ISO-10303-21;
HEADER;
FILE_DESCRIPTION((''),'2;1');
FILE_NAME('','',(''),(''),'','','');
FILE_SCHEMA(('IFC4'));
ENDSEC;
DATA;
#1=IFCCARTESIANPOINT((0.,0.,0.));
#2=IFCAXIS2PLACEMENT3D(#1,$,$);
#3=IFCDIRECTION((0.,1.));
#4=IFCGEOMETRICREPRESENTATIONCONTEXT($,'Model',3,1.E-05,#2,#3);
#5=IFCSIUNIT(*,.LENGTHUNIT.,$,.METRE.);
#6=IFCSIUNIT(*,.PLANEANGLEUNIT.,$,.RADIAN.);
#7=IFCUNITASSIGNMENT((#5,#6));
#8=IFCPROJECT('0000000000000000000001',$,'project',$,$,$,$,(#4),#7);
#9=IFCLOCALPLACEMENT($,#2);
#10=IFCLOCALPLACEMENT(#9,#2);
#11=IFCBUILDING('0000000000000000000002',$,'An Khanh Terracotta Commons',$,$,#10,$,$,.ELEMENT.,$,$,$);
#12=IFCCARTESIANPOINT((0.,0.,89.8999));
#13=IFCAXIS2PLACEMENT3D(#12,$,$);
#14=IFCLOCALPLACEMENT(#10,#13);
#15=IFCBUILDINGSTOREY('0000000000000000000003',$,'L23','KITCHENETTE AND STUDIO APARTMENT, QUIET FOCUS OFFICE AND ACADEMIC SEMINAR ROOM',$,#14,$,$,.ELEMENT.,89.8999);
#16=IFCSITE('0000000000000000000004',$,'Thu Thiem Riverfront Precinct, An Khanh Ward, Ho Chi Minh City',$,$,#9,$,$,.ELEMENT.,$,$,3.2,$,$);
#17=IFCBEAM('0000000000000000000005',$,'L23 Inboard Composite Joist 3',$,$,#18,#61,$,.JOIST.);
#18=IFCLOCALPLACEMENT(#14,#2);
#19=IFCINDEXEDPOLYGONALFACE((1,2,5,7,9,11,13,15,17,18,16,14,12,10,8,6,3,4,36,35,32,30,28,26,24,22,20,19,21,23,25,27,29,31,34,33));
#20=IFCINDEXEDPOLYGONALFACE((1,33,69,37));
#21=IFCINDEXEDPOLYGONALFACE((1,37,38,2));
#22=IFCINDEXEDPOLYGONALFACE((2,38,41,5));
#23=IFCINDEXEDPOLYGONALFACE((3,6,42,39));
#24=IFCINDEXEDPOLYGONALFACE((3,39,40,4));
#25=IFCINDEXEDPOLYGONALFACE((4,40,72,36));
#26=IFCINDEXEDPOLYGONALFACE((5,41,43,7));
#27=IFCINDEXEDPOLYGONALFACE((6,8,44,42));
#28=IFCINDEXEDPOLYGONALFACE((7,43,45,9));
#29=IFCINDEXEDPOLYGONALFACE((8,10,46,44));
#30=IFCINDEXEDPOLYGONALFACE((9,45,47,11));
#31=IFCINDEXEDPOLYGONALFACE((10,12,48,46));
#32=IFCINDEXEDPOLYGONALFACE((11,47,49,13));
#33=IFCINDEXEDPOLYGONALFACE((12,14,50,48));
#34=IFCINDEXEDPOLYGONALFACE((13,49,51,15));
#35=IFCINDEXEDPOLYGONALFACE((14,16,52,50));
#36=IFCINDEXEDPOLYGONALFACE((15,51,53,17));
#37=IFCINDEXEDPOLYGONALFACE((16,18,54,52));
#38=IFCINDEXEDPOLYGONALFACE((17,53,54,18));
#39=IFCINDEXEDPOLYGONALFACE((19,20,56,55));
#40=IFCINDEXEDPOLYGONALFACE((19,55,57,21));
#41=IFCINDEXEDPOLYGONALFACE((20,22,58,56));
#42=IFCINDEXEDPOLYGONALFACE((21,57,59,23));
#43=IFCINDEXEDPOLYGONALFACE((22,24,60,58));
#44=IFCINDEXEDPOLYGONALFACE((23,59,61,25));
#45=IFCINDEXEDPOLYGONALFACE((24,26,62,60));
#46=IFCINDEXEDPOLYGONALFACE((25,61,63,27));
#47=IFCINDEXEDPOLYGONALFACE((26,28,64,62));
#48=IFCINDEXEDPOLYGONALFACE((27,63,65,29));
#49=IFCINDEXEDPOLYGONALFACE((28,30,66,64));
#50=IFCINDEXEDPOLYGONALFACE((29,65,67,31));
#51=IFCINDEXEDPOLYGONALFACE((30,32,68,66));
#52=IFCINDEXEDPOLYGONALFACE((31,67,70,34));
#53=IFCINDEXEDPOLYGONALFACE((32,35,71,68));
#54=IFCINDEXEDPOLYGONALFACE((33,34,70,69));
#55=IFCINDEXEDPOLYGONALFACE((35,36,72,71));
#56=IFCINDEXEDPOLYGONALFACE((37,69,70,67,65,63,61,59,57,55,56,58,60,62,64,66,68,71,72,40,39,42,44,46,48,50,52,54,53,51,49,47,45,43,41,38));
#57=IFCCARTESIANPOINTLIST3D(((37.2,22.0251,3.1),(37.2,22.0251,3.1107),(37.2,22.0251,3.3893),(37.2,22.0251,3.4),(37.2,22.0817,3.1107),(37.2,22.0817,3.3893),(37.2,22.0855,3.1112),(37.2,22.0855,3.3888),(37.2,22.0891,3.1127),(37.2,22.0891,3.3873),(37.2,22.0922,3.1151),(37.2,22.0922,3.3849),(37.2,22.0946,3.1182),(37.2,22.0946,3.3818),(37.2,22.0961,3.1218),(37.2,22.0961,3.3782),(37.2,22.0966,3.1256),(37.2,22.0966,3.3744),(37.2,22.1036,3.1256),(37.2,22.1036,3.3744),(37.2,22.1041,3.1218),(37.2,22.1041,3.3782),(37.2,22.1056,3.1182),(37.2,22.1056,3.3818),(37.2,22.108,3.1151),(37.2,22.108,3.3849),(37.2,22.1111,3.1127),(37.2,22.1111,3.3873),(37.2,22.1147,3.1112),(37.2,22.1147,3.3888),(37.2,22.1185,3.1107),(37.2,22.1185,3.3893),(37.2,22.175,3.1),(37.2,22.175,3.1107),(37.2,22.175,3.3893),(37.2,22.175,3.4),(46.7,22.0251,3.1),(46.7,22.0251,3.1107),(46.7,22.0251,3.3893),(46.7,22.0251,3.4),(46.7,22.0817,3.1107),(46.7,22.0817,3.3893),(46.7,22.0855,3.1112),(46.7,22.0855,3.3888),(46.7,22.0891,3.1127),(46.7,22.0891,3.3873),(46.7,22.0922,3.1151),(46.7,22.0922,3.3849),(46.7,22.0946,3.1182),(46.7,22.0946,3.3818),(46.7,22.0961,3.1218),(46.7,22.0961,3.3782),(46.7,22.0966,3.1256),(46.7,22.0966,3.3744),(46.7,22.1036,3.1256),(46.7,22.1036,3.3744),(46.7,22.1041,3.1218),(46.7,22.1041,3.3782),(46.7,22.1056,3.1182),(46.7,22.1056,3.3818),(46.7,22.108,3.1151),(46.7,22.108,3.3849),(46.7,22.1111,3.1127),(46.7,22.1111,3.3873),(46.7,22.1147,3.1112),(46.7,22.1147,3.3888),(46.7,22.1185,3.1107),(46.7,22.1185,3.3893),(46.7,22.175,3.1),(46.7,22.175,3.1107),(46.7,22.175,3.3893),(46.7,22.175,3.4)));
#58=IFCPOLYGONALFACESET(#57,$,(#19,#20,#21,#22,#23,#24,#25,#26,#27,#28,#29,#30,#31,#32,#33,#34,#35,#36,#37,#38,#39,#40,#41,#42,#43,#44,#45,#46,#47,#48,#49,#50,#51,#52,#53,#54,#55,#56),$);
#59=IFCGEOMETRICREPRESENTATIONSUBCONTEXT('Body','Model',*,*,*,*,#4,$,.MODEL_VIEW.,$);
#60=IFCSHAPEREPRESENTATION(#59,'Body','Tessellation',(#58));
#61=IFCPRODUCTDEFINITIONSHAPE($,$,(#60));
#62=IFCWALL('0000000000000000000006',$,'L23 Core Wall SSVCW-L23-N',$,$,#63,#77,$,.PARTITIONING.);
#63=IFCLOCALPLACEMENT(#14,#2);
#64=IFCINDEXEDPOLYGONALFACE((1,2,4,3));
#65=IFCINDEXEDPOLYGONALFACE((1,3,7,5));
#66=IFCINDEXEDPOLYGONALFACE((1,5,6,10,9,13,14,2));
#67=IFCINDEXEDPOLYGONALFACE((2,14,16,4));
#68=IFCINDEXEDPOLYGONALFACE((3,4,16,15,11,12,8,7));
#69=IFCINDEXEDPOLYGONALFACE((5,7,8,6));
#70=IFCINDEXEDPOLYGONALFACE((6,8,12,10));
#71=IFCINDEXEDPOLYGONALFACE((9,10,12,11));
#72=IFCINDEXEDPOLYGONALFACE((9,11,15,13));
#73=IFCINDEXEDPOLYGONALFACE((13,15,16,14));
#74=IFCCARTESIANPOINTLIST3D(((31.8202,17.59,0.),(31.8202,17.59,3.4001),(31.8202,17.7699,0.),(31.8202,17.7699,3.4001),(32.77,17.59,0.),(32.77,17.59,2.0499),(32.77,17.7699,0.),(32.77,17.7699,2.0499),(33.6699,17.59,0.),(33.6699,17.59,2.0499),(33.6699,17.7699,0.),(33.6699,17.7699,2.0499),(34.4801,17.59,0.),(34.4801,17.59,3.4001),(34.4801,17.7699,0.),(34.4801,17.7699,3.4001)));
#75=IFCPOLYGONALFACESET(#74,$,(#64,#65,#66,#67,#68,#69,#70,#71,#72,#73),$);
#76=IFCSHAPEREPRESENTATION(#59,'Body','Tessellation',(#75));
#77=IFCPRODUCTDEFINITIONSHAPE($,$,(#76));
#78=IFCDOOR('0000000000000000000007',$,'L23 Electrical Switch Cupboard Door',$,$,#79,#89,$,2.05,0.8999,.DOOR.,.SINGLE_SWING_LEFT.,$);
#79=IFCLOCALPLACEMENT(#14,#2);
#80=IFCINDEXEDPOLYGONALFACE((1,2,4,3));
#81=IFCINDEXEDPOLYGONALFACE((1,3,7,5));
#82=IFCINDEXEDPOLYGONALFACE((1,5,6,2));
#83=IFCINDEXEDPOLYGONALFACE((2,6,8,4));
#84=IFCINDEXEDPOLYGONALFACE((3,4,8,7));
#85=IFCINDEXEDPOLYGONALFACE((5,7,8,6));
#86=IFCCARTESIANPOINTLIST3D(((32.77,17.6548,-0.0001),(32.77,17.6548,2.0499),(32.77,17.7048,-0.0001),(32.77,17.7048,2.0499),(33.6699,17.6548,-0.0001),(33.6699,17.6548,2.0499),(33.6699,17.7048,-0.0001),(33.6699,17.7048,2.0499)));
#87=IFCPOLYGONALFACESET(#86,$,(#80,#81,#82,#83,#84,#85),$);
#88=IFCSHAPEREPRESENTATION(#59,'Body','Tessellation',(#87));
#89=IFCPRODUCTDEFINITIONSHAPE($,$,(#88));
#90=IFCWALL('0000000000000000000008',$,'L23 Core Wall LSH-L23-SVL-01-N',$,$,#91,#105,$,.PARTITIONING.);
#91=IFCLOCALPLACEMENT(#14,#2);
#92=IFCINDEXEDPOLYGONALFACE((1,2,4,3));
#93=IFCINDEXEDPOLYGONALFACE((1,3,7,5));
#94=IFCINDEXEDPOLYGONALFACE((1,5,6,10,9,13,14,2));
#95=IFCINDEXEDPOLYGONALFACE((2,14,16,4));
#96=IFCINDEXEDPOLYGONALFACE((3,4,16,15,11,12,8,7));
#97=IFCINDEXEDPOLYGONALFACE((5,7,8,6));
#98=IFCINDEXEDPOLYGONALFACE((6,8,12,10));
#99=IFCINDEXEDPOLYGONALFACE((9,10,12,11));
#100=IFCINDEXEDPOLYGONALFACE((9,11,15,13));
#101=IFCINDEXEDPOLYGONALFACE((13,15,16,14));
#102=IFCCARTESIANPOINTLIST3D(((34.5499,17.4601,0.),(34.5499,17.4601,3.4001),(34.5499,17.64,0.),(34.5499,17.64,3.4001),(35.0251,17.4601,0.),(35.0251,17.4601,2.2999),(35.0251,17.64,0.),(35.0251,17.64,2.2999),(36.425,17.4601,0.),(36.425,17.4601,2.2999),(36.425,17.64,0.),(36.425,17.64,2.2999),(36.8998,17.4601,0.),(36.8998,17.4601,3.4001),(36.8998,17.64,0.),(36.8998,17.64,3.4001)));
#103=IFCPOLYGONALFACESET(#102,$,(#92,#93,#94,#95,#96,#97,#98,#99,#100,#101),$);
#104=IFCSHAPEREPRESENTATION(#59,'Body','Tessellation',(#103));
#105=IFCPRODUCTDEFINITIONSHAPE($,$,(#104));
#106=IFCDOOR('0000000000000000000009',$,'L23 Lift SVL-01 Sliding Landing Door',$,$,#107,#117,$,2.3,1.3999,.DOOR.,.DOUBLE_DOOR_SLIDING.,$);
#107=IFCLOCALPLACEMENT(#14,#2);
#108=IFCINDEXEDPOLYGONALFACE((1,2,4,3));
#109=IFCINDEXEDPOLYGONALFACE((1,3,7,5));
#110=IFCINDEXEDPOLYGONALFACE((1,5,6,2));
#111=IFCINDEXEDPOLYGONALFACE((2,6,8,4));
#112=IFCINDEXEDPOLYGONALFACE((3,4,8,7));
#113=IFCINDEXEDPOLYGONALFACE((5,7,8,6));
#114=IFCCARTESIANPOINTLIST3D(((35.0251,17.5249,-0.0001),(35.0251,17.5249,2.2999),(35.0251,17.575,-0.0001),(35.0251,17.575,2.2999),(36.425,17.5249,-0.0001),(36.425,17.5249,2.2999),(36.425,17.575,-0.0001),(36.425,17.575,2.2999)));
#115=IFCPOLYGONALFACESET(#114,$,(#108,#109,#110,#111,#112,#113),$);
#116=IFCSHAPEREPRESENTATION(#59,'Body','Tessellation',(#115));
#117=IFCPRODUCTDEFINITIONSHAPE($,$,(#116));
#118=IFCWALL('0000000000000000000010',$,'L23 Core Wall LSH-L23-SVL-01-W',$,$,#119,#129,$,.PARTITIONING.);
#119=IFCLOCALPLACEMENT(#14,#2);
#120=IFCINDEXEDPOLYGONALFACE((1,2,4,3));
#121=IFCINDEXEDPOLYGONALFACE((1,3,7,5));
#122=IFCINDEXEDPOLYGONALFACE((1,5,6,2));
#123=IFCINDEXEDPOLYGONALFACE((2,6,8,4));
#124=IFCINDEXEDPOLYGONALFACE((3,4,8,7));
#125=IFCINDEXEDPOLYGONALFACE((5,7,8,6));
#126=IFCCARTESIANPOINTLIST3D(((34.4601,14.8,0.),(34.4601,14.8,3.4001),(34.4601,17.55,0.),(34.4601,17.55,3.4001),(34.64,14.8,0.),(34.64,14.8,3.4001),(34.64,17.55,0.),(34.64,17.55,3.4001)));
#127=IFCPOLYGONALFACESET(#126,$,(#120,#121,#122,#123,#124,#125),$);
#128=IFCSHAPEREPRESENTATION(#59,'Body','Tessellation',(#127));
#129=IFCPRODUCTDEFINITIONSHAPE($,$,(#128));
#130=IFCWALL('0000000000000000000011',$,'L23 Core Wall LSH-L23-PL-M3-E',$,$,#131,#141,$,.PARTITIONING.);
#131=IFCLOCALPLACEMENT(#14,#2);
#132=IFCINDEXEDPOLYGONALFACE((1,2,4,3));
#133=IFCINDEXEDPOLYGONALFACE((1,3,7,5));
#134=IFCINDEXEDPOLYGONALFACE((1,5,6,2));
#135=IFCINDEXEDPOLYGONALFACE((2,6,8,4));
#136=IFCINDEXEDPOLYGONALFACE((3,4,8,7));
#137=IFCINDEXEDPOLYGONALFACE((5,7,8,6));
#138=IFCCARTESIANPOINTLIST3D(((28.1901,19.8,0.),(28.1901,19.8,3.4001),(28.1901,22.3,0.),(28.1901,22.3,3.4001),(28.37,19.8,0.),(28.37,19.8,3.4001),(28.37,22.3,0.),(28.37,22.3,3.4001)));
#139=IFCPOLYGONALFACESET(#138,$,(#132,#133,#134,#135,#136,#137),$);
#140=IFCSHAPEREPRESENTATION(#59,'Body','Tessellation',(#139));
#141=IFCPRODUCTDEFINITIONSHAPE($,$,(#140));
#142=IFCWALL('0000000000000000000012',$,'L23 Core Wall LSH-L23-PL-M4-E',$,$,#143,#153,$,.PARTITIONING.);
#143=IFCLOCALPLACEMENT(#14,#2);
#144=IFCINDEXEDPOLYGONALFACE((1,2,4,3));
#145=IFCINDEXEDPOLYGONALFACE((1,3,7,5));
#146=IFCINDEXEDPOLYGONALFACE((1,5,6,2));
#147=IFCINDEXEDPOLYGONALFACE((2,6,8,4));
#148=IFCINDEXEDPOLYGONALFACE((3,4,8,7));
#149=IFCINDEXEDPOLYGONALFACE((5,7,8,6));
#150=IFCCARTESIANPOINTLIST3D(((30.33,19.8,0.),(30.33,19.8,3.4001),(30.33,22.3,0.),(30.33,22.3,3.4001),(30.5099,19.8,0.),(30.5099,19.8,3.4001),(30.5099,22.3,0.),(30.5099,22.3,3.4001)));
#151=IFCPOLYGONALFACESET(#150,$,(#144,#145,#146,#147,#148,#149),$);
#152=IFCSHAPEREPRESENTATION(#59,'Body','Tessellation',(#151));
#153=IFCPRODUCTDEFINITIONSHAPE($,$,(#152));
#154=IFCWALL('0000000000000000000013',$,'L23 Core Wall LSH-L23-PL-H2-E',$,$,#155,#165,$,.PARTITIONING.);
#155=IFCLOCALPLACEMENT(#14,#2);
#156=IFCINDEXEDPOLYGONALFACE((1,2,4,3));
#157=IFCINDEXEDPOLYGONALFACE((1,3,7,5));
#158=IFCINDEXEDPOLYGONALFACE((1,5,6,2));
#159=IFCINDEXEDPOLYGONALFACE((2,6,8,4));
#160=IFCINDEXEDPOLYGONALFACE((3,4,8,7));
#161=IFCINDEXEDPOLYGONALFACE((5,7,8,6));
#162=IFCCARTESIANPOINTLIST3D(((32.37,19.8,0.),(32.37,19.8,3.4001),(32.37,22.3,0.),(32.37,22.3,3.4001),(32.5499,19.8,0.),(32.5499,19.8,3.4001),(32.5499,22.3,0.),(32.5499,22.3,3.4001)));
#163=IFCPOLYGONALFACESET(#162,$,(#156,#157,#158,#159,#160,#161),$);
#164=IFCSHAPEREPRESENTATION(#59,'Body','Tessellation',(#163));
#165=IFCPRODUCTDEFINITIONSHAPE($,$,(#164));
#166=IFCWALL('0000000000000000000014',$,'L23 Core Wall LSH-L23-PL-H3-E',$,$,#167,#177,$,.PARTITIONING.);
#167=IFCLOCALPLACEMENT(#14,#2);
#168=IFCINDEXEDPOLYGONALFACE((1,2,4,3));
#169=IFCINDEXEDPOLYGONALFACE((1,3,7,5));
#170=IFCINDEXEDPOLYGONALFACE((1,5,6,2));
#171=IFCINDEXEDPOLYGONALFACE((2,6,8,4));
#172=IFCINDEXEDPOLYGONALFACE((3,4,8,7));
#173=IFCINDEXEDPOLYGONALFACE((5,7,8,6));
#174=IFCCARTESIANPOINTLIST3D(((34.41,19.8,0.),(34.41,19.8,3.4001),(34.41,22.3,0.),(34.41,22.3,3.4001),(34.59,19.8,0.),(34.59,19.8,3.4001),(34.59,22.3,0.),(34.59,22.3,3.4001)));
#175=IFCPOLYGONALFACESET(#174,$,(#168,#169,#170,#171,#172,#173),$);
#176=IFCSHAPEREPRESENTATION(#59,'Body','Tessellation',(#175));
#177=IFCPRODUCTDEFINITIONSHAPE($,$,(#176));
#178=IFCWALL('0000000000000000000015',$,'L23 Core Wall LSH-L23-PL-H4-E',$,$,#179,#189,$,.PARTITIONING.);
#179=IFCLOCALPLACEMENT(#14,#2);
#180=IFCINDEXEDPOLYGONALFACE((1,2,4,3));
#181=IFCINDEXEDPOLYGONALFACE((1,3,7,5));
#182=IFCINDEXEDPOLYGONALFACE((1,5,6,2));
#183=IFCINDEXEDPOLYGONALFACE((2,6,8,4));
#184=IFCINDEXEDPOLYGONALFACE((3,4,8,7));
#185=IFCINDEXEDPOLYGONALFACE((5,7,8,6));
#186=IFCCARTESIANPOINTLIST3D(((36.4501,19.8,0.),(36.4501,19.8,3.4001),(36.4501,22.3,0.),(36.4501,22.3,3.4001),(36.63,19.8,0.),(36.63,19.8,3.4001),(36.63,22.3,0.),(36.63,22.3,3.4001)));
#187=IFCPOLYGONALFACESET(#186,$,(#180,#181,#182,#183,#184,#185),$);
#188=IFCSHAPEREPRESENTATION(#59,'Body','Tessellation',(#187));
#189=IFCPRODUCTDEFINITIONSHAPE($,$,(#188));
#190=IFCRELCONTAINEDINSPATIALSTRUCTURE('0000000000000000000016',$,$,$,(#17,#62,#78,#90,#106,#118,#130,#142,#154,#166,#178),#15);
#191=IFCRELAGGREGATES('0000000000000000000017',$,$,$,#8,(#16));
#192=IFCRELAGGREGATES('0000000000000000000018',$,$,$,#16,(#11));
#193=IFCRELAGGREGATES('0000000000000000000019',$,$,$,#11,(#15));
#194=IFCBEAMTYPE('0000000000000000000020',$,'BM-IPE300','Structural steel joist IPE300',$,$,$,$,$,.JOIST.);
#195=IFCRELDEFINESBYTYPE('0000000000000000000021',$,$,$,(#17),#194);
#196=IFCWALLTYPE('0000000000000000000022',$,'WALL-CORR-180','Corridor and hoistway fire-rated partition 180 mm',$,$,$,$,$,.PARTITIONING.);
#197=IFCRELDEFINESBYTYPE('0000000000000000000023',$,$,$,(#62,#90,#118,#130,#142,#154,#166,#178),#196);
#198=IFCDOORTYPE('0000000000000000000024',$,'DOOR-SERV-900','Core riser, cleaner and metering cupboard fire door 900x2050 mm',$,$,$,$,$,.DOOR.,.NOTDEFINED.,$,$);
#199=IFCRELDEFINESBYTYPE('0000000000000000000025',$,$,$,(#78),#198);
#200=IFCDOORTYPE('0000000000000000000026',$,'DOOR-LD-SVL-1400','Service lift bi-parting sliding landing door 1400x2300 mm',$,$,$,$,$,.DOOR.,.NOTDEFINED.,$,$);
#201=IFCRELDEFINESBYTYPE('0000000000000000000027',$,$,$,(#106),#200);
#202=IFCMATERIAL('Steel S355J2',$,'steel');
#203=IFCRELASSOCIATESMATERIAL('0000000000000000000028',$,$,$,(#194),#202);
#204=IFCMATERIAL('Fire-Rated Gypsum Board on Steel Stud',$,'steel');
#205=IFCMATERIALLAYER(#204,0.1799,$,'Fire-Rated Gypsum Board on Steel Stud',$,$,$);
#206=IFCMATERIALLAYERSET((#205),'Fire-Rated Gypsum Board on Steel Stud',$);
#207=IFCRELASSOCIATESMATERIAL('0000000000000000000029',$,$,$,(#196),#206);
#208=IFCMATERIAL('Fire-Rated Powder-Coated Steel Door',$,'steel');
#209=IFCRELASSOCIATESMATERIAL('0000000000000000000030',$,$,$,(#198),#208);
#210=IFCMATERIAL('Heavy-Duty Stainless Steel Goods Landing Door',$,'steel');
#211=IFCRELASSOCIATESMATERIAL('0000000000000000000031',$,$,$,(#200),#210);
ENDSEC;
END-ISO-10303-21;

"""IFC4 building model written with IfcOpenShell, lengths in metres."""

from ifc_helpers import new_model, si_unit, direction, frame, frame_2d, origin, origin_2d, place, context, subcontext, project, spatial, rectangle, i_section, extrude, material, layer, layer_set, material_profile, profile_set, type_object, element, fill, save


model = new_model("IFC4")

# Units and contexts
model_context = context("Model", 3, precision=1e-05, world=origin(), true_north=direction((0.0, 1.0)))
body_context = subcontext(model_context, "Body", "Model", "MODEL_VIEW")
ifc_project = project(units=[si_unit("LENGTHUNIT", "METRE"), si_unit("PLANEANGLEUNIT", "RADIAN")], contexts=[model_context])

# Site, building, storey
site_placement = place(None, origin())
site = spatial("IfcSite", under=ifc_project, at=site_placement, Name="Thu Thiem Riverfront Precinct, An Khanh Ward, Ho Chi Minh City", CompositionType="ELEMENT", RefElevation=3.2)
building_placement = place(site_placement, origin())
building = spatial("IfcBuilding", under=site, at=building_placement, Name="An Khanh Terracotta Commons", CompositionType="ELEMENT")
storey_placement = place(building_placement, frame((0.0, 0.0, 89.8999)))
storey = spatial("IfcBuildingStorey", under=building, at=storey_placement, Name="L23", Description="KITCHENETTE AND STUDIO APARTMENT, QUIET FOCUS OFFICE AND ACADEMIC SEMINAR ROOM", CompositionType="ELEMENT", Elevation=89.8999)

# Beam
ifc_material_1 = material(Name="Steel S355J2", Category="steel")
ifc_material_profile_1 = material_profile(ifc_material_1, i_section(OverallWidth=0.1499, OverallDepth=0.3, WebThickness=0.0071, FlangeThickness=0.0107, FilletRadius=0.0149, at=origin_2d()), Name="IPE300")
ifc_profile_set_1 = profile_set([ifc_material_profile_1], Name="Steel S355J2")
beam_type_1 = type_object("IfcBeamType", Name="BM-IPE300", Description="Structural steel joist IPE300", PredefinedType="JOIST", material=ifc_profile_set_1)
for number, where, z_axis, x_axis, name in (
    (1, (37.2, 22.1001, 3.25), (1.0, 0.0, 0.0), (0.0, 1.0, 0.0), "L23 Inboard Composite Joist 3"),
):
    element("IfcBeam", number, at=place(storey_placement, frame(where, z_axis=z_axis, x_axis=x_axis)), inside=storey, type_object=beam_type_1, Name=name, PredefinedType="JOIST", context=body_context, shape_type="SweptSolid", body=[
        extrude(i_section(OverallWidth=0.1499, OverallDepth=0.3, WebThickness=0.0071, FlangeThickness=0.0107, FilletRadius=0.0149, at=origin_2d()), origin(), (0.0, 0.0, 1.0), 9.5),
    ])

# Walls, openings, doors
ifc_material_2 = material(Name="Fire-Rated Gypsum Board on Steel Stud", Category="steel")
ifc_layer = layer(ifc_material_2, 0.1799, Name="Fire-Rated Gypsum Board on Steel Stud")
ifc_layer_set = layer_set([ifc_layer], Name="Fire-Rated Gypsum Board on Steel Stud")
wall_type = type_object("IfcWallType", Name="WALL-CORR-180", Description="Corridor and hoistway fire-rated partition 180 mm", PredefinedType="PARTITIONING", material=ifc_layer_set)
wall_1_placement = place(storey_placement, frame((31.8201, 17.6799, 0.0), z_axis=(0.0, 0.0, 1.0), x_axis=(1.0, 0.0, 0.0)))
wall_1 = element("IfcWall", 2, at=wall_1_placement, inside=storey, type_object=wall_type, Name="L23 Core Wall SSVCW-L23-N", PredefinedType="PARTITIONING", context=body_context, shape_type="SweptSolid", body=[
    extrude(rectangle(XDim=2.6599, YDim=0.1799, at=frame_2d((1.3301, 0.0))), origin(), (0.0, 0.0, 1.0), 3.4001),
])
opening_1_placement = place(wall_1_placement, frame((0.95, 0.0, 0.0)))
opening_1 = element("IfcOpeningElement", 3, at=opening_1_placement, cuts=wall_1, PredefinedType="OPENING", context=body_context, shape_type="SweptSolid", body=[
    extrude(rectangle(XDim=0.8999, YDim=2.05, at=frame_2d((0.45, 1.0249))), frame((0.0, 0.0999, 0.0), z_axis=(0.0, -1.0, 0.0), x_axis=(1.0, 0.0, 0.0)), (0.0, 0.0, 1.0), 0.2),
])
ifc_material_3 = material(Name="Fire-Rated Powder-Coated Steel Door", Category="steel")
door_type_1 = type_object("IfcDoorType", Name="DOOR-SERV-900", Description="Core riser, cleaner and metering cupboard fire door 900x2050 mm", OperationType="NOTDEFINED", PredefinedType="DOOR", material=ifc_material_3)
door_1_placement = place(opening_1_placement, origin())
door_1 = element("IfcDoor", 4, at=door_1_placement, inside=storey, type_object=door_type_1, Name="L23 Electrical Switch Cupboard Door", OperationType="SINGLE_SWING_LEFT", OverallHeight=2.05, OverallWidth=0.8999, PredefinedType="DOOR", context=body_context, shape_type="SweptSolid", body=[
    extrude(rectangle(XDim=0.8999, YDim=2.05, at=frame_2d((0.45, 1.0249))), frame((0.0, 0.0249, 0.0), z_axis=(0.0, -1.0, 0.0), x_axis=(1.0, 0.0, 0.0)), (0.0, 0.0, 1.0), 0.05),
])
fill(opening_1, door_1)
wall_2_placement = place(storey_placement, frame((34.55, 17.55, 0.0), z_axis=(0.0, 0.0, 1.0), x_axis=(1.0, 0.0, 0.0)))
wall_2 = element("IfcWall", 5, at=wall_2_placement, inside=storey, type_object=wall_type, Name="L23 Core Wall LSH-L23-SVL-01-N", PredefinedType="PARTITIONING", context=body_context, shape_type="SweptSolid", body=[
    extrude(rectangle(XDim=2.3499, YDim=0.1799, at=frame_2d((1.1748, 0.0))), origin(), (0.0, 0.0, 1.0), 3.4001),
])
opening_2_placement = place(wall_2_placement, frame((0.4751, 0.0, 0.0)))
opening_2 = element("IfcOpeningElement", 6, at=opening_2_placement, cuts=wall_2, PredefinedType="OPENING", context=body_context, shape_type="SweptSolid", body=[
    extrude(rectangle(XDim=1.3999, YDim=2.3, at=frame_2d((0.7, 1.1499))), frame((0.0, 0.0999, 0.0), z_axis=(0.0, -1.0, 0.0), x_axis=(1.0, 0.0, 0.0)), (0.0, 0.0, 1.0), 0.2),
])
ifc_material_4 = material(Name="Heavy-Duty Stainless Steel Goods Landing Door", Category="steel")
door_type_2 = type_object("IfcDoorType", Name="DOOR-LD-SVL-1400", Description="Service lift bi-parting sliding landing door 1400x2300 mm", OperationType="NOTDEFINED", PredefinedType="DOOR", material=ifc_material_4)
door_2_placement = place(opening_2_placement, origin())
door_2 = element("IfcDoor", 7, at=door_2_placement, inside=storey, type_object=door_type_2, Name="L23 Lift SVL-01 Sliding Landing Door", OperationType="DOUBLE_DOOR_SLIDING", OverallHeight=2.3, OverallWidth=1.3999, PredefinedType="DOOR", context=body_context, shape_type="SweptSolid", body=[
    extrude(rectangle(XDim=1.3999, YDim=2.3, at=frame_2d((0.7, 1.1499))), frame((0.0, 0.0249, 0.0), z_axis=(0.0, -1.0, 0.0), x_axis=(1.0, 0.0, 0.0)), (0.0, 0.0, 1.0), 0.05),
])
fill(opening_2, door_2)

# Walls
wall_3_placement = place(storey_placement, frame((34.55, 17.55, 0.0), z_axis=(0.0, 0.0, 1.0), x_axis=(0.0, -1.0, 0.0)))
element("IfcWall", 8, at=wall_3_placement, inside=storey, type_object=wall_type, Name="L23 Core Wall LSH-L23-SVL-01-W", PredefinedType="PARTITIONING", context=body_context, shape_type="SweptSolid", body=[
    extrude(rectangle(XDim=2.75, YDim=0.1799, at=frame_2d((1.375, 0.0))), origin(), (0.0, 0.0, 1.0), 3.4001),
])
for number, where, z_axis, x_axis, name in (
    (9, (28.28, 19.8, 0.0), (0.0, 0.0, 1.0), (0.0, 1.0, 0.0), "L23 Core Wall LSH-L23-PL-M3-E"),
    (10, (30.4199, 19.8, 0.0), (0.0, 0.0, 1.0), (0.0, 1.0, 0.0), "L23 Core Wall LSH-L23-PL-M4-E"),
    (11, (32.46, 19.8, 0.0), (0.0, 0.0, 1.0), (0.0, 1.0, 0.0), "L23 Core Wall LSH-L23-PL-H2-E"),
    (12, (34.5, 19.8, 0.0), (0.0, 0.0, 1.0), (0.0, 1.0, 0.0), "L23 Core Wall LSH-L23-PL-H3-E"),
    (13, (36.54, 19.8, 0.0), (0.0, 0.0, 1.0), (0.0, 1.0, 0.0), "L23 Core Wall LSH-L23-PL-H4-E"),
):
    element("IfcWall", number, at=place(storey_placement, frame(where, z_axis=z_axis, x_axis=x_axis)), inside=storey, type_object=wall_type, Name=name, PredefinedType="PARTITIONING", context=body_context, shape_type="SweptSolid", body=[
        extrude(rectangle(XDim=2.5, YDim=0.1799, at=frame_2d((1.25, 0.0))), origin(), (0.0, 0.0, 1.0), 3.4001),
    ])

save(model, "model.ifc")
